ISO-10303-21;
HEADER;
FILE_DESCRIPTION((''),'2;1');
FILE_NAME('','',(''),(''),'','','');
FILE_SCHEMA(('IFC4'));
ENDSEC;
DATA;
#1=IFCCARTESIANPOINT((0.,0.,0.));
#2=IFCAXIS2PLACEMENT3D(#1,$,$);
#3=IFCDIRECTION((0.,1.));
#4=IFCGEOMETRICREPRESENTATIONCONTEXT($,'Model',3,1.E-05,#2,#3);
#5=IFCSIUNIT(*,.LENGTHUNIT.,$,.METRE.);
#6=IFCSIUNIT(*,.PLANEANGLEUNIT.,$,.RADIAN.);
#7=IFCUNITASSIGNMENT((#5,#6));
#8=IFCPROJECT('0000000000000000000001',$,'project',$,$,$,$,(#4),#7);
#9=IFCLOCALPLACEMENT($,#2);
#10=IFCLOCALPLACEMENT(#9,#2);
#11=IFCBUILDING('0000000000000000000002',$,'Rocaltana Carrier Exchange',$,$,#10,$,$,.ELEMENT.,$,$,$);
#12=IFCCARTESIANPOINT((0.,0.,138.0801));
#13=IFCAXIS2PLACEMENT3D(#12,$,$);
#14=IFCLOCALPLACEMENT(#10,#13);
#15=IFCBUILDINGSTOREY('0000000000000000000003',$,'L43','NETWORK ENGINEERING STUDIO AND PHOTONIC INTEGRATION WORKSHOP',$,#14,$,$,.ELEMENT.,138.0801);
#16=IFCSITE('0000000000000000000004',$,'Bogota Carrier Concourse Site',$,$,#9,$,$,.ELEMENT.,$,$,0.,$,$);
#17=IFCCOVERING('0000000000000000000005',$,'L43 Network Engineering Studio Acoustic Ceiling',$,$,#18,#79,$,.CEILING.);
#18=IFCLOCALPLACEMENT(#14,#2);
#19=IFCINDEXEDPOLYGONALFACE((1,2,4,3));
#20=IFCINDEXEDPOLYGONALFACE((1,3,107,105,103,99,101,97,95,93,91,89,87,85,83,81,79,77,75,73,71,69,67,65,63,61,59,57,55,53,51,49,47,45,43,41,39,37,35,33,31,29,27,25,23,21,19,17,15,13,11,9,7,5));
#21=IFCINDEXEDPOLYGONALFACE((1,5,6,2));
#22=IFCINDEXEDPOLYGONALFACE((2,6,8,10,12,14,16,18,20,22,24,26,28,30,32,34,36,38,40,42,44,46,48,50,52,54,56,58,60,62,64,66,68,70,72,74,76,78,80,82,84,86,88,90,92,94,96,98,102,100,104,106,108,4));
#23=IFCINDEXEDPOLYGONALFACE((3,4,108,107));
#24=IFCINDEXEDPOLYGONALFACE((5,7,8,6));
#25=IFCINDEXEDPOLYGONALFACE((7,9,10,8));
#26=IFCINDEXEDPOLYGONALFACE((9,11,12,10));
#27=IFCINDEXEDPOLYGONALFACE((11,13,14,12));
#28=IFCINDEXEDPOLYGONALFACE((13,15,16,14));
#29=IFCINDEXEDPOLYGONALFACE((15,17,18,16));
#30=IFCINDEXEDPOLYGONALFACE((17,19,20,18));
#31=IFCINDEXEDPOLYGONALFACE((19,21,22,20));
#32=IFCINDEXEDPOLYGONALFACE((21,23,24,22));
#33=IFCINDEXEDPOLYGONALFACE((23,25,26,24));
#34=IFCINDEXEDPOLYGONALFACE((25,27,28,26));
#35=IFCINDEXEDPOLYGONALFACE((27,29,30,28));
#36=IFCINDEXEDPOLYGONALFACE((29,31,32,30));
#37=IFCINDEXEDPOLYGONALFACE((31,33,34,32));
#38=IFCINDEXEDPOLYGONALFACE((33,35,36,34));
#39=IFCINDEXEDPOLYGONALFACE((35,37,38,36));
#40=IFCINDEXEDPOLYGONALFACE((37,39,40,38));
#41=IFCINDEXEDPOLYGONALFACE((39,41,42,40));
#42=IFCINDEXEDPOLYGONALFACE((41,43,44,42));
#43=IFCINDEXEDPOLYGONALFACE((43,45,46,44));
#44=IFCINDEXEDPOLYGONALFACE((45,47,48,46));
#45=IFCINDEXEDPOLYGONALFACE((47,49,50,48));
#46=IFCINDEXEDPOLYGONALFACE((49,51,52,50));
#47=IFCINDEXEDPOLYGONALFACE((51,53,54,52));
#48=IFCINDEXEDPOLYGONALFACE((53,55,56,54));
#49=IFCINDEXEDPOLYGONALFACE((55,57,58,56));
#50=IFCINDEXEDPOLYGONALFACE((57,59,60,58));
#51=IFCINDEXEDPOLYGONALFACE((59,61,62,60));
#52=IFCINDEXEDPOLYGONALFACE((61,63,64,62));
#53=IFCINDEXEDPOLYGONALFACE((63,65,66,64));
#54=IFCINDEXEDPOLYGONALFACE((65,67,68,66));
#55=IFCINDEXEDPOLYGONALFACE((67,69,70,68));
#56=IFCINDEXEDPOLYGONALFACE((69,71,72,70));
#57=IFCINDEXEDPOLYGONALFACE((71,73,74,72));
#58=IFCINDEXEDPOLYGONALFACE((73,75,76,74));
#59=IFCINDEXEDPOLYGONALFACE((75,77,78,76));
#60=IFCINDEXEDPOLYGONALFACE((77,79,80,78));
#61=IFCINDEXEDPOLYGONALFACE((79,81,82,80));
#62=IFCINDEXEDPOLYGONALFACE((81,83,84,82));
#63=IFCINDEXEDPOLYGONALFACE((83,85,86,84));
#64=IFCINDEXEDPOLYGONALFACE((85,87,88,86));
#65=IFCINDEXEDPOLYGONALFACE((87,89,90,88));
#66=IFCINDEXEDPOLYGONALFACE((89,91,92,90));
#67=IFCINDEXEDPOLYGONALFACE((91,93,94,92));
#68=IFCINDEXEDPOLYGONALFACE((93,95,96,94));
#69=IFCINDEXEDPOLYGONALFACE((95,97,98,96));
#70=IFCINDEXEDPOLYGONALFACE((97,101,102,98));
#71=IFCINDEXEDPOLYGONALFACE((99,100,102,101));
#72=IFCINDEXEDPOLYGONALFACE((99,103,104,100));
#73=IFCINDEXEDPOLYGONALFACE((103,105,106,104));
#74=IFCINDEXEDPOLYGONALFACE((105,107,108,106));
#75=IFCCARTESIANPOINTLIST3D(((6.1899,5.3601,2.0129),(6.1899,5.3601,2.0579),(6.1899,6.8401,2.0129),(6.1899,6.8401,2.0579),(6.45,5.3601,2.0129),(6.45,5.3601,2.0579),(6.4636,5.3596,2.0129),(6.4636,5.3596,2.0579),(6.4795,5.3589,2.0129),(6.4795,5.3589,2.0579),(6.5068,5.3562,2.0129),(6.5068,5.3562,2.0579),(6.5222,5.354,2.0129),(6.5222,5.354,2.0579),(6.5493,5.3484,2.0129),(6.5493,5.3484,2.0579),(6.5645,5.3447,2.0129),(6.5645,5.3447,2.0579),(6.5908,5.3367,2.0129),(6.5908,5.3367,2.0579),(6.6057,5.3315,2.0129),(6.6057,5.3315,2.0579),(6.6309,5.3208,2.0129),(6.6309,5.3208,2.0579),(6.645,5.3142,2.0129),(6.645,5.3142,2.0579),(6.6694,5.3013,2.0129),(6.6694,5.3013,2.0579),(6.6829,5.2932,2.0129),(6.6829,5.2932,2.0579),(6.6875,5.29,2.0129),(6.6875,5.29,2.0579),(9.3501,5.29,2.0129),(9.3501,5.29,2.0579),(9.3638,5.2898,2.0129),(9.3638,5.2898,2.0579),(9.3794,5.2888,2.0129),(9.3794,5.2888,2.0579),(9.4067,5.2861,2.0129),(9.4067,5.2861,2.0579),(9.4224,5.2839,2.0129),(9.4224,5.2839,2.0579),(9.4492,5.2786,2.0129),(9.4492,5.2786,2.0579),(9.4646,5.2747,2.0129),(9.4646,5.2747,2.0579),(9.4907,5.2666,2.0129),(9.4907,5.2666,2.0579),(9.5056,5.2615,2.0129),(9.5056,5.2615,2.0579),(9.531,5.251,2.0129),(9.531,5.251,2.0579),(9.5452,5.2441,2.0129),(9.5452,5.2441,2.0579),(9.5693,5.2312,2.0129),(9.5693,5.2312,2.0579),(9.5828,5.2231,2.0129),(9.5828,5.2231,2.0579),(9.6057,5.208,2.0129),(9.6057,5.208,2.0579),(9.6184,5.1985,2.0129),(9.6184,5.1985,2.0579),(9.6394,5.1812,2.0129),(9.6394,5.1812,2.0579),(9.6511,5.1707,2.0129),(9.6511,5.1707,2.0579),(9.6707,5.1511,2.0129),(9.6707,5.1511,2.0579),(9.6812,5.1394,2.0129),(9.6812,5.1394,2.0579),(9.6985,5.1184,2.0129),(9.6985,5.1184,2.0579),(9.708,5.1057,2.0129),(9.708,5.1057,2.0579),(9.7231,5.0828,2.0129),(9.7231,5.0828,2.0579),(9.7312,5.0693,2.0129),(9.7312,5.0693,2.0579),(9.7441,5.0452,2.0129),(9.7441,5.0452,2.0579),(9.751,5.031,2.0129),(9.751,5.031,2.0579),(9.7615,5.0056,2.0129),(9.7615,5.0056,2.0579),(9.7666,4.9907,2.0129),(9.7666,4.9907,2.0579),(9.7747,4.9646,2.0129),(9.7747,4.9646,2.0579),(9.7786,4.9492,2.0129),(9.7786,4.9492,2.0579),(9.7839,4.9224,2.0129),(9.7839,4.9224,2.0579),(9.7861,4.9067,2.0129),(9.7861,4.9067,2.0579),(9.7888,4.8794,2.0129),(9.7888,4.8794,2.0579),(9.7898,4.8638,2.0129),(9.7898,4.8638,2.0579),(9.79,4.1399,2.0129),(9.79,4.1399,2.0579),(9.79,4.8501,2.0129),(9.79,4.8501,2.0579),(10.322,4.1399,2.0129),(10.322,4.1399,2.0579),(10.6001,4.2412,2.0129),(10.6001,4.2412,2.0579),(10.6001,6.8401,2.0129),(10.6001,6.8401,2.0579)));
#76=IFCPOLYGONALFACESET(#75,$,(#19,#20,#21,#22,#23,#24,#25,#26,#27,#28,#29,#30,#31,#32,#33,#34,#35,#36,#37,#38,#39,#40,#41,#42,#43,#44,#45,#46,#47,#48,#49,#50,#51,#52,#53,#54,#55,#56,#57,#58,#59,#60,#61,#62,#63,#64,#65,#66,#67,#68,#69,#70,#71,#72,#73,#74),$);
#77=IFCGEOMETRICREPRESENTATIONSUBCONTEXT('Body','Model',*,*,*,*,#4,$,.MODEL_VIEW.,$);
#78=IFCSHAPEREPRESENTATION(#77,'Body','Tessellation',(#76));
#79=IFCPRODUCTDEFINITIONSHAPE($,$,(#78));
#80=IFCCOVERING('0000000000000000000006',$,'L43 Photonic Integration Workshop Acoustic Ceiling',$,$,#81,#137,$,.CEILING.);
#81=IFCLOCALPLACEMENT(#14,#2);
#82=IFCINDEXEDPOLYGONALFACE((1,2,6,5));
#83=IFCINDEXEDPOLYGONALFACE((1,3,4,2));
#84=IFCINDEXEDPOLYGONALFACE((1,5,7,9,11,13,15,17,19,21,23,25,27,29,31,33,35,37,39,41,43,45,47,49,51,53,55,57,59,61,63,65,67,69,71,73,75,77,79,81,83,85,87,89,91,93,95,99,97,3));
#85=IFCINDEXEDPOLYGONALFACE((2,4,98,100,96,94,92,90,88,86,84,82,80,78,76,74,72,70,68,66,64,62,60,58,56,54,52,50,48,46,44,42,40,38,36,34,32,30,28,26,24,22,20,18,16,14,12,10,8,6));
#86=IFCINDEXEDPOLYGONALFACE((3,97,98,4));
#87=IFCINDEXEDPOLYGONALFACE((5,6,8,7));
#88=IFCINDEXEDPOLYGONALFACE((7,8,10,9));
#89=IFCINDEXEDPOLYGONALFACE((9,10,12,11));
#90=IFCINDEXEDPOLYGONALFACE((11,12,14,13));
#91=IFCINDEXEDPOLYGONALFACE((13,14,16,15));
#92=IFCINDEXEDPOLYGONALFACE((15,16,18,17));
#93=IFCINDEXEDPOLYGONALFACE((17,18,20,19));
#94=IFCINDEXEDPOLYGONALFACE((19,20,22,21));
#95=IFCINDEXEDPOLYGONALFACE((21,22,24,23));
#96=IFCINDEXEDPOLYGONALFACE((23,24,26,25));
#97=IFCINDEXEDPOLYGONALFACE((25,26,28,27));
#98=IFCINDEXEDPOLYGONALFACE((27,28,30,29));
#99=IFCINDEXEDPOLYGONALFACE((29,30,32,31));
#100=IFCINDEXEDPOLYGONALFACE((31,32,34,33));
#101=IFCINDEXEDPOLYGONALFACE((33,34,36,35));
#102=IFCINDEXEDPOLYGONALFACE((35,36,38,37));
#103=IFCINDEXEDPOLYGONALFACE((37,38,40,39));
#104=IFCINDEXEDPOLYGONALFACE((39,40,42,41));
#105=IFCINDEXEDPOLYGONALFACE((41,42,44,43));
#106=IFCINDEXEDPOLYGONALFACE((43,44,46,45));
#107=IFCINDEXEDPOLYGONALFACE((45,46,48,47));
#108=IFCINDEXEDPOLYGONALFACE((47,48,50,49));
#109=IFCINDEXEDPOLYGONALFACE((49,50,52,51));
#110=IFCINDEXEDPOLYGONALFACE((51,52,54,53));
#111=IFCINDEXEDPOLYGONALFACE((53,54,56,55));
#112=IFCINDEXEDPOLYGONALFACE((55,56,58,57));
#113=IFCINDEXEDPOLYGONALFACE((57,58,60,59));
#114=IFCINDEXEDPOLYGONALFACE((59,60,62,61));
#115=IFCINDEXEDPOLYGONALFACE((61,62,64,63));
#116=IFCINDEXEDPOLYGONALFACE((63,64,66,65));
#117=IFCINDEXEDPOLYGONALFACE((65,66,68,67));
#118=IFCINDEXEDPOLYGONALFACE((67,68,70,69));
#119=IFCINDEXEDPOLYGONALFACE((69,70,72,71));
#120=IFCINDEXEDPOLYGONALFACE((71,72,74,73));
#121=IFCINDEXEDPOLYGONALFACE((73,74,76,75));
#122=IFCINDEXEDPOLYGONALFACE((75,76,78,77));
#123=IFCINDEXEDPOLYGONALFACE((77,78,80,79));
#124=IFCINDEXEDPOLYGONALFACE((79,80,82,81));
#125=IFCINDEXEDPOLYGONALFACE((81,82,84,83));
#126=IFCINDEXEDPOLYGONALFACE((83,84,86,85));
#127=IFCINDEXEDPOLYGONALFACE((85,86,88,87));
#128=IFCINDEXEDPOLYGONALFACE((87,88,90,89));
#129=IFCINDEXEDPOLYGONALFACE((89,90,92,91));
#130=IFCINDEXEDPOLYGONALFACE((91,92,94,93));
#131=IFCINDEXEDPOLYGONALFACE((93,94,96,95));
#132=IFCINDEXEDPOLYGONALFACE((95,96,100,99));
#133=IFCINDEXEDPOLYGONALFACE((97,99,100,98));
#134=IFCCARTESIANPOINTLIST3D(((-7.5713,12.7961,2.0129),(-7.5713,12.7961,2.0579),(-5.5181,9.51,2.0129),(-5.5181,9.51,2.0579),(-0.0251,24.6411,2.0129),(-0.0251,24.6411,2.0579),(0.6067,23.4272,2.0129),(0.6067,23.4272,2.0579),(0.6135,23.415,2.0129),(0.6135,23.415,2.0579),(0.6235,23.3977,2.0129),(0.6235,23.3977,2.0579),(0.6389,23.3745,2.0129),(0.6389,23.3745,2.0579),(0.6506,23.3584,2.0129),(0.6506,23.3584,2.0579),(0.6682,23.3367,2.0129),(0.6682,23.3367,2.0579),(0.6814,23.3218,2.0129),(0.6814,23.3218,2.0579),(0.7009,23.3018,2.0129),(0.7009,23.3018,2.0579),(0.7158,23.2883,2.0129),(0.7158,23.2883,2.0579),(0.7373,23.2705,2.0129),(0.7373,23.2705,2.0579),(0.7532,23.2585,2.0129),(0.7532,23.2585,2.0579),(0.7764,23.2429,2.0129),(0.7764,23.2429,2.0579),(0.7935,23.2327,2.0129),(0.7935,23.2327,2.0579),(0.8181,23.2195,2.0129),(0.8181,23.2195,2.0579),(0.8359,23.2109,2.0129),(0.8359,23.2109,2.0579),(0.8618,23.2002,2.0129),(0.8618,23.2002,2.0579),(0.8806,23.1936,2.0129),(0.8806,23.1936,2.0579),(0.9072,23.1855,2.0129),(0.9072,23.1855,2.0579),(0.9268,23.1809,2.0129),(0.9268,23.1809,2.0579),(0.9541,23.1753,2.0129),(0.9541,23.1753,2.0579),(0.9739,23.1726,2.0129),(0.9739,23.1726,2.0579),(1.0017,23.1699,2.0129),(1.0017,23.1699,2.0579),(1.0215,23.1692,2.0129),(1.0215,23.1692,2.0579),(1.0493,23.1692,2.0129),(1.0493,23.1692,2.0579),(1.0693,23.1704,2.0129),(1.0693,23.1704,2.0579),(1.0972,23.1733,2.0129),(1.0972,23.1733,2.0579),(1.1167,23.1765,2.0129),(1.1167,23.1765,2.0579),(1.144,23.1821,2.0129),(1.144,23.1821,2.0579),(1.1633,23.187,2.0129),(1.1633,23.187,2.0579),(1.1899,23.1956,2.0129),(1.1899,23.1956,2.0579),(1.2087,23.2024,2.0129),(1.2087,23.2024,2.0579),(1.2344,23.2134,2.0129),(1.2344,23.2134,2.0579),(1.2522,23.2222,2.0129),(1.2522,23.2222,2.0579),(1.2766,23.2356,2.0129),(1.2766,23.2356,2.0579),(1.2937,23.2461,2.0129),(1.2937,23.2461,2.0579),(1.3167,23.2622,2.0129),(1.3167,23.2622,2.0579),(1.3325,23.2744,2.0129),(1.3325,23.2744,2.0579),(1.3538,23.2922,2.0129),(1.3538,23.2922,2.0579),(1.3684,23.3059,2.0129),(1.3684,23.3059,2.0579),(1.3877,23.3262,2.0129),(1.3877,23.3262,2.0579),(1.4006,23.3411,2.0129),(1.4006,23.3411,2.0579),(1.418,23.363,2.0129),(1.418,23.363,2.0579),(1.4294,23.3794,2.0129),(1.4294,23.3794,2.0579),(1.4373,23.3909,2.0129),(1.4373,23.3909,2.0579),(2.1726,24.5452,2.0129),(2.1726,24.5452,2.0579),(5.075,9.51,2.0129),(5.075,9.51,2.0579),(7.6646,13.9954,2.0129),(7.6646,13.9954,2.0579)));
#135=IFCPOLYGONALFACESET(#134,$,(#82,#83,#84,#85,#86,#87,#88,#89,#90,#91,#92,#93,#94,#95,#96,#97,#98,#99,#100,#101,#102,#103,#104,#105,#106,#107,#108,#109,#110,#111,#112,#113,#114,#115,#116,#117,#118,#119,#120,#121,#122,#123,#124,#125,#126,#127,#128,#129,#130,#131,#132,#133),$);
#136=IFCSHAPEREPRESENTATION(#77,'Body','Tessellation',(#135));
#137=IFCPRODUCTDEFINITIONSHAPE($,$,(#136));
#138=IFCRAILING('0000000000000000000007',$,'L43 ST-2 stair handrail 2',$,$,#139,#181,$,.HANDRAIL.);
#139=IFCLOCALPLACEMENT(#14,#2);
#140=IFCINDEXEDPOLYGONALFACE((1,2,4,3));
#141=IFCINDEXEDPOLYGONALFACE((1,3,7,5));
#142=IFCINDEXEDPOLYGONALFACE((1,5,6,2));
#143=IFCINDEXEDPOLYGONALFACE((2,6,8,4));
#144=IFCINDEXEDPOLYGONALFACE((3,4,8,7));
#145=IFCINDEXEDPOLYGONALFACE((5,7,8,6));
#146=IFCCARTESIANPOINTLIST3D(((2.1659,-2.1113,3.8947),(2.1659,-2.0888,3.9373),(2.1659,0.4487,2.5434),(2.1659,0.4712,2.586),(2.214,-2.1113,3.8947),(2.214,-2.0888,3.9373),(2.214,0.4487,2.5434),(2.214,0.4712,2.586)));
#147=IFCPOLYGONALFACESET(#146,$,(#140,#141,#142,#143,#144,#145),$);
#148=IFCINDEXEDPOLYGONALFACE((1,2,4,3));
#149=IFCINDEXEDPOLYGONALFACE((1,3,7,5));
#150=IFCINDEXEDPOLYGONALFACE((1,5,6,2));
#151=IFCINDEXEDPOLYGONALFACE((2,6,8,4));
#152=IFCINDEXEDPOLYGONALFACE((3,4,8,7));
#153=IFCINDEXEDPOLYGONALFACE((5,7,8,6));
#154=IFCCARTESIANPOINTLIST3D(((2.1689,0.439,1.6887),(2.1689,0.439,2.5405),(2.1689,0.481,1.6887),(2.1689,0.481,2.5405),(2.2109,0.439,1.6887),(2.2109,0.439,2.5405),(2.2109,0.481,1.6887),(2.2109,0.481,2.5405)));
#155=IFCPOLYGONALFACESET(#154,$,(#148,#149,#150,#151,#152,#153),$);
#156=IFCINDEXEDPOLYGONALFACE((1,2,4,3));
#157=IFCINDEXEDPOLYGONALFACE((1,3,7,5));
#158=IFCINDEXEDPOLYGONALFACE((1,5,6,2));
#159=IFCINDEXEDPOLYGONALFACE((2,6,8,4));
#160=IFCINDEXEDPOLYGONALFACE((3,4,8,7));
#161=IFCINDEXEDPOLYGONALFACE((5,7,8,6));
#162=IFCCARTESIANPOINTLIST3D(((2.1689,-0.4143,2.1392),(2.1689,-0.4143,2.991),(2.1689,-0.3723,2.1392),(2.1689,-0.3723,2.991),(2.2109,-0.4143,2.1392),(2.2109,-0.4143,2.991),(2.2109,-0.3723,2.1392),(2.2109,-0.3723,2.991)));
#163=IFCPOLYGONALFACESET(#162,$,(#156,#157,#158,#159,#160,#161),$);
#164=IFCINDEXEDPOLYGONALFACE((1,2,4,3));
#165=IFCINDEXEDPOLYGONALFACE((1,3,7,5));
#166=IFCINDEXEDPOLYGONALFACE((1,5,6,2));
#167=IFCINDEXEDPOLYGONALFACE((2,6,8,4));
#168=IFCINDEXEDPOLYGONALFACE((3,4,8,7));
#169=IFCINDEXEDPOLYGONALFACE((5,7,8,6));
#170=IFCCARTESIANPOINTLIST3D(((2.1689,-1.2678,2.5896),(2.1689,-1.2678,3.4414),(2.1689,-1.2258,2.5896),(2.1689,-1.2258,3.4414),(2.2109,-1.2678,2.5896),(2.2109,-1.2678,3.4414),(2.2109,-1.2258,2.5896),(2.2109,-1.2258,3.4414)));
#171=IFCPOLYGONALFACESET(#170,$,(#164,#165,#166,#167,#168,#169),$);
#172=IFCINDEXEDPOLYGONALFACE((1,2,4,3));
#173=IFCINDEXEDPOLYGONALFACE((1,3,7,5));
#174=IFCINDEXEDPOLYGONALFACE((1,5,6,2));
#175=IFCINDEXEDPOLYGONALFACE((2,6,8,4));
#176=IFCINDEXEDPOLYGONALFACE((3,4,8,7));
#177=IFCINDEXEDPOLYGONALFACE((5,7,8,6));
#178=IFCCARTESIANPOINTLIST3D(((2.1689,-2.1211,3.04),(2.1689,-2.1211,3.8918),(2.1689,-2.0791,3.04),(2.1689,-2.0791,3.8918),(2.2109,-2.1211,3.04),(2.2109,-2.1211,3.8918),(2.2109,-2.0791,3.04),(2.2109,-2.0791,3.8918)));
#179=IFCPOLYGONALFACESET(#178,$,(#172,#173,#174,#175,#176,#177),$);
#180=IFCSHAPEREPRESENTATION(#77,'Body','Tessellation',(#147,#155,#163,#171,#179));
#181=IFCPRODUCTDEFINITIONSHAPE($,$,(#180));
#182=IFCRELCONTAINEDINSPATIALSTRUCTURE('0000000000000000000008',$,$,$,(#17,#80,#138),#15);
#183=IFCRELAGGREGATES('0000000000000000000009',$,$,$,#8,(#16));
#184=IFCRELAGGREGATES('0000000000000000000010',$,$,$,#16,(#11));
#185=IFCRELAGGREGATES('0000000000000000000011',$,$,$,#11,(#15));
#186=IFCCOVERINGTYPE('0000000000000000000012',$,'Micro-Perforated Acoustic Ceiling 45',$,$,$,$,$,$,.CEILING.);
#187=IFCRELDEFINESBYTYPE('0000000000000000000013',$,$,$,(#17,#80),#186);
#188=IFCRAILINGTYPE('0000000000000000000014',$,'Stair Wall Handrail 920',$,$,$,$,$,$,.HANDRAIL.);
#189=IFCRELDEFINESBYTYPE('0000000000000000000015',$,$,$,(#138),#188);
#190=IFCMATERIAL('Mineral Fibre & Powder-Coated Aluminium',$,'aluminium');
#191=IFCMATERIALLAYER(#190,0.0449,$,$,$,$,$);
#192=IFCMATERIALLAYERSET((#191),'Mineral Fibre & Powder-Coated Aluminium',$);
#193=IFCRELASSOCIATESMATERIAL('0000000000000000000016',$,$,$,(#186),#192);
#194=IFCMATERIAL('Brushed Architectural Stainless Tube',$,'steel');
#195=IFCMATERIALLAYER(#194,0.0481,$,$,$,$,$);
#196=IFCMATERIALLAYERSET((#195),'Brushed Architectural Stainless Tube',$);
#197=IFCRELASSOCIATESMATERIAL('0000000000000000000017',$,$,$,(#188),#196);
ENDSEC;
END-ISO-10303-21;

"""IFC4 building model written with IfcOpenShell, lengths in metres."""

from ifc_helpers import new_model, si_unit, direction, frame, origin, origin_2d, place, context, subcontext, project, spatial, polyline, rectangle, outline, extrude, material, layer, layer_set, type_object, element, save


model = new_model("IFC4")

# Units and contexts
model_context = context("Model", 3, precision=1e-05, world=origin(), true_north=direction((0.0, 1.0)))
body_context = subcontext(model_context, "Body", "Model", "MODEL_VIEW")
ifc_project = project(units=[si_unit("LENGTHUNIT", "METRE"), si_unit("PLANEANGLEUNIT", "RADIAN")], contexts=[model_context])

# Site, building, storey
site_placement = place(None, origin())
site = spatial("IfcSite", under=ifc_project, at=site_placement, Name="Bogota Carrier Concourse Site", CompositionType="ELEMENT", RefElevation=0.0)
building_placement = place(site_placement, origin())
building = spatial("IfcBuilding", under=site, at=building_placement, Name="Rocaltana Carrier Exchange", CompositionType="ELEMENT")
storey_placement = place(building_placement, frame((0.0, 0.0, 138.0801)))
storey = spatial("IfcBuildingStorey", under=building, at=storey_placement, Name="L43", Description="NETWORK ENGINEERING STUDIO AND PHOTONIC INTEGRATION WORKSHOP", CompositionType="ELEMENT", Elevation=138.0801)

# Coverings
ifc_material_1 = material(Name="Mineral Fibre & Powder-Coated Aluminium", Category="aluminium")
ifc_layer_1 = layer(ifc_material_1, 0.0449)
ifc_layer_set_1 = layer_set([ifc_layer_1], Name="Mineral Fibre & Powder-Coated Aluminium")
covering_type_1 = type_object("IfcCoveringType", Name="Micro-Perforated Acoustic Ceiling 45", PredefinedType="CEILING", material=ifc_layer_set_1)
covering_1_placement = place(storey_placement, frame((0.0, 0.0, 2.0129)))
element("IfcCovering", 1, at=covering_1_placement, inside=storey, type_object=covering_type_1, Name="L43 Network Engineering Studio Acoustic Ceiling", PredefinedType="CEILING", context=body_context, shape_type="SweptSolid", body=[
    extrude(outline(polyline([(6.1899, 6.8401), (10.6001, 6.8401), (10.6001, 4.2412), (10.322, 4.1399), (9.79, 4.1399), (9.79, 4.8501), (9.7898, 4.8638), (9.7888, 4.8794), (9.7861, 4.9067), (9.7839, 4.9224), (9.7786, 4.9492), (9.7747, 4.9646), (9.7666, 4.9907), (9.7615, 5.0056), (9.751, 5.031), (9.7441, 5.0452), (9.7312, 5.0693), (9.7231, 5.0828), (9.708, 5.1057), (9.6985, 5.1184), (9.6812, 5.1394), (9.6707, 5.1511), (9.6511, 5.1707), (9.6394, 5.1812), (9.6184, 5.1985), (9.6057, 5.208), (9.5828, 5.2231), (9.5693, 5.2312), (9.5452, 5.2441), (9.531, 5.251), (9.5056, 5.2615), (9.4907, 5.2666), (9.4646, 5.2747), (9.4492, 5.2786), (9.4224, 5.2839), (9.4067, 5.2861), (9.3794, 5.2888), (9.3638, 5.2898), (9.3501, 5.29), (6.6875, 5.29), (6.6829, 5.2932), (6.6694, 5.3013), (6.645, 5.3142), (6.6309, 5.3208), (6.6057, 5.3315), (6.5908, 5.3367), (6.5645, 5.3447), (6.5493, 5.3484), (6.5222, 5.354), (6.5068, 5.3562), (6.4795, 5.3589), (6.4636, 5.3596), (6.45, 5.3601), (6.1899, 5.3601), (6.1899, 6.8401)])), origin(), (0.0, 0.0, 1.0), 0.0449),
])
covering_2_placement = place(storey_placement, frame((0.0, 0.0, 2.0129)))
element("IfcCovering", 2, at=covering_2_placement, inside=storey, type_object=covering_type_1, Name="L43 Photonic Integration Workshop Acoustic Ceiling", PredefinedType="CEILING", context=body_context, shape_type="SweptSolid", body=[
    extrude(outline(polyline([(-0.0251, 24.6411), (0.6067, 23.4272), (0.6135, 23.415), (0.6235, 23.3977), (0.6389, 23.3745), (0.6506, 23.3584), (0.6682, 23.3367), (0.6814, 23.3218), (0.7009, 23.3018), (0.7158, 23.2883), (0.7373, 23.2705), (0.7532, 23.2585), (0.7764, 23.2429), (0.7935, 23.2327), (0.8181, 23.2195), (0.8359, 23.2109), (0.8618, 23.2002), (0.8806, 23.1936), (0.9072, 23.1855), (0.9268, 23.1809), (0.9541, 23.1753), (0.9739, 23.1726), (1.0017, 23.1699), (1.0215, 23.1692), (1.0493, 23.1692), (1.0693, 23.1704), (1.0972, 23.1733), (1.1167, 23.1765), (1.144, 23.1821), (1.1633, 23.187), (1.1899, 23.1956), (1.2087, 23.2024), (1.2344, 23.2134), (1.2522, 23.2222), (1.2766, 23.2356), (1.2937, 23.2461), (1.3167, 23.2622), (1.3325, 23.2744), (1.3538, 23.2922), (1.3684, 23.3059), (1.3877, 23.3262), (1.4006, 23.3411), (1.418, 23.363), (1.4294, 23.3794), (1.4373, 23.3909), (2.1726, 24.5452), (7.6646, 13.9954), (5.075, 9.51), (-5.5181, 9.51), (-7.5713, 12.7961), (-0.0251, 24.6411)])), origin(), (0.0, 0.0, 1.0), 0.0449),
])

# Railing
ifc_material_2 = material(Name="Brushed Architectural Stainless Tube", Category="steel")
ifc_layer_2 = layer(ifc_material_2, 0.0481)
ifc_layer_set_2 = layer_set([ifc_layer_2], Name="Brushed Architectural Stainless Tube")
railing_type_1 = type_object("IfcRailingType", Name="Stair Wall Handrail 920", PredefinedType="HANDRAIL", material=ifc_layer_set_2)
railing_1_placement = place(storey_placement, frame((2.1899, 0.46, 1.6887)))
element("IfcRailing", 3, at=railing_1_placement, inside=storey, type_object=railing_type_1, Name="L43 ST-2 stair handrail 2", PredefinedType="HANDRAIL", context=body_context, shape_type="SweptSolid", body=[
    extrude(rectangle(XDim=0.0481, YDim=0.0481, at=origin_2d()), frame((0.0, 0.0, 0.876), z_axis=(0.0, -0.88436, 0.466806), x_axis=(1.0, 0.0, 0.0)), (0.0, 0.0, 1.0), 2.8948),
    extrude(rectangle(XDim=0.042, YDim=0.042, at=origin_2d()), origin(), (0.0, 0.0, 1.0), 0.8518),
    extrude(rectangle(XDim=0.042, YDim=0.042, at=origin_2d()), frame((0.0, -0.8533, 0.4504)), (0.0, 0.0, 1.0), 0.8518),
    extrude(rectangle(XDim=0.042, YDim=0.042, at=origin_2d()), frame((0.0, -1.7068, 0.9009)), (0.0, 0.0, 1.0), 0.8518),
    extrude(rectangle(XDim=0.042, YDim=0.042, at=origin_2d()), frame((0.0, -2.5601, 1.3513)), (0.0, 0.0, 1.0), 0.8518),
])

save(model, "model.ifc")
